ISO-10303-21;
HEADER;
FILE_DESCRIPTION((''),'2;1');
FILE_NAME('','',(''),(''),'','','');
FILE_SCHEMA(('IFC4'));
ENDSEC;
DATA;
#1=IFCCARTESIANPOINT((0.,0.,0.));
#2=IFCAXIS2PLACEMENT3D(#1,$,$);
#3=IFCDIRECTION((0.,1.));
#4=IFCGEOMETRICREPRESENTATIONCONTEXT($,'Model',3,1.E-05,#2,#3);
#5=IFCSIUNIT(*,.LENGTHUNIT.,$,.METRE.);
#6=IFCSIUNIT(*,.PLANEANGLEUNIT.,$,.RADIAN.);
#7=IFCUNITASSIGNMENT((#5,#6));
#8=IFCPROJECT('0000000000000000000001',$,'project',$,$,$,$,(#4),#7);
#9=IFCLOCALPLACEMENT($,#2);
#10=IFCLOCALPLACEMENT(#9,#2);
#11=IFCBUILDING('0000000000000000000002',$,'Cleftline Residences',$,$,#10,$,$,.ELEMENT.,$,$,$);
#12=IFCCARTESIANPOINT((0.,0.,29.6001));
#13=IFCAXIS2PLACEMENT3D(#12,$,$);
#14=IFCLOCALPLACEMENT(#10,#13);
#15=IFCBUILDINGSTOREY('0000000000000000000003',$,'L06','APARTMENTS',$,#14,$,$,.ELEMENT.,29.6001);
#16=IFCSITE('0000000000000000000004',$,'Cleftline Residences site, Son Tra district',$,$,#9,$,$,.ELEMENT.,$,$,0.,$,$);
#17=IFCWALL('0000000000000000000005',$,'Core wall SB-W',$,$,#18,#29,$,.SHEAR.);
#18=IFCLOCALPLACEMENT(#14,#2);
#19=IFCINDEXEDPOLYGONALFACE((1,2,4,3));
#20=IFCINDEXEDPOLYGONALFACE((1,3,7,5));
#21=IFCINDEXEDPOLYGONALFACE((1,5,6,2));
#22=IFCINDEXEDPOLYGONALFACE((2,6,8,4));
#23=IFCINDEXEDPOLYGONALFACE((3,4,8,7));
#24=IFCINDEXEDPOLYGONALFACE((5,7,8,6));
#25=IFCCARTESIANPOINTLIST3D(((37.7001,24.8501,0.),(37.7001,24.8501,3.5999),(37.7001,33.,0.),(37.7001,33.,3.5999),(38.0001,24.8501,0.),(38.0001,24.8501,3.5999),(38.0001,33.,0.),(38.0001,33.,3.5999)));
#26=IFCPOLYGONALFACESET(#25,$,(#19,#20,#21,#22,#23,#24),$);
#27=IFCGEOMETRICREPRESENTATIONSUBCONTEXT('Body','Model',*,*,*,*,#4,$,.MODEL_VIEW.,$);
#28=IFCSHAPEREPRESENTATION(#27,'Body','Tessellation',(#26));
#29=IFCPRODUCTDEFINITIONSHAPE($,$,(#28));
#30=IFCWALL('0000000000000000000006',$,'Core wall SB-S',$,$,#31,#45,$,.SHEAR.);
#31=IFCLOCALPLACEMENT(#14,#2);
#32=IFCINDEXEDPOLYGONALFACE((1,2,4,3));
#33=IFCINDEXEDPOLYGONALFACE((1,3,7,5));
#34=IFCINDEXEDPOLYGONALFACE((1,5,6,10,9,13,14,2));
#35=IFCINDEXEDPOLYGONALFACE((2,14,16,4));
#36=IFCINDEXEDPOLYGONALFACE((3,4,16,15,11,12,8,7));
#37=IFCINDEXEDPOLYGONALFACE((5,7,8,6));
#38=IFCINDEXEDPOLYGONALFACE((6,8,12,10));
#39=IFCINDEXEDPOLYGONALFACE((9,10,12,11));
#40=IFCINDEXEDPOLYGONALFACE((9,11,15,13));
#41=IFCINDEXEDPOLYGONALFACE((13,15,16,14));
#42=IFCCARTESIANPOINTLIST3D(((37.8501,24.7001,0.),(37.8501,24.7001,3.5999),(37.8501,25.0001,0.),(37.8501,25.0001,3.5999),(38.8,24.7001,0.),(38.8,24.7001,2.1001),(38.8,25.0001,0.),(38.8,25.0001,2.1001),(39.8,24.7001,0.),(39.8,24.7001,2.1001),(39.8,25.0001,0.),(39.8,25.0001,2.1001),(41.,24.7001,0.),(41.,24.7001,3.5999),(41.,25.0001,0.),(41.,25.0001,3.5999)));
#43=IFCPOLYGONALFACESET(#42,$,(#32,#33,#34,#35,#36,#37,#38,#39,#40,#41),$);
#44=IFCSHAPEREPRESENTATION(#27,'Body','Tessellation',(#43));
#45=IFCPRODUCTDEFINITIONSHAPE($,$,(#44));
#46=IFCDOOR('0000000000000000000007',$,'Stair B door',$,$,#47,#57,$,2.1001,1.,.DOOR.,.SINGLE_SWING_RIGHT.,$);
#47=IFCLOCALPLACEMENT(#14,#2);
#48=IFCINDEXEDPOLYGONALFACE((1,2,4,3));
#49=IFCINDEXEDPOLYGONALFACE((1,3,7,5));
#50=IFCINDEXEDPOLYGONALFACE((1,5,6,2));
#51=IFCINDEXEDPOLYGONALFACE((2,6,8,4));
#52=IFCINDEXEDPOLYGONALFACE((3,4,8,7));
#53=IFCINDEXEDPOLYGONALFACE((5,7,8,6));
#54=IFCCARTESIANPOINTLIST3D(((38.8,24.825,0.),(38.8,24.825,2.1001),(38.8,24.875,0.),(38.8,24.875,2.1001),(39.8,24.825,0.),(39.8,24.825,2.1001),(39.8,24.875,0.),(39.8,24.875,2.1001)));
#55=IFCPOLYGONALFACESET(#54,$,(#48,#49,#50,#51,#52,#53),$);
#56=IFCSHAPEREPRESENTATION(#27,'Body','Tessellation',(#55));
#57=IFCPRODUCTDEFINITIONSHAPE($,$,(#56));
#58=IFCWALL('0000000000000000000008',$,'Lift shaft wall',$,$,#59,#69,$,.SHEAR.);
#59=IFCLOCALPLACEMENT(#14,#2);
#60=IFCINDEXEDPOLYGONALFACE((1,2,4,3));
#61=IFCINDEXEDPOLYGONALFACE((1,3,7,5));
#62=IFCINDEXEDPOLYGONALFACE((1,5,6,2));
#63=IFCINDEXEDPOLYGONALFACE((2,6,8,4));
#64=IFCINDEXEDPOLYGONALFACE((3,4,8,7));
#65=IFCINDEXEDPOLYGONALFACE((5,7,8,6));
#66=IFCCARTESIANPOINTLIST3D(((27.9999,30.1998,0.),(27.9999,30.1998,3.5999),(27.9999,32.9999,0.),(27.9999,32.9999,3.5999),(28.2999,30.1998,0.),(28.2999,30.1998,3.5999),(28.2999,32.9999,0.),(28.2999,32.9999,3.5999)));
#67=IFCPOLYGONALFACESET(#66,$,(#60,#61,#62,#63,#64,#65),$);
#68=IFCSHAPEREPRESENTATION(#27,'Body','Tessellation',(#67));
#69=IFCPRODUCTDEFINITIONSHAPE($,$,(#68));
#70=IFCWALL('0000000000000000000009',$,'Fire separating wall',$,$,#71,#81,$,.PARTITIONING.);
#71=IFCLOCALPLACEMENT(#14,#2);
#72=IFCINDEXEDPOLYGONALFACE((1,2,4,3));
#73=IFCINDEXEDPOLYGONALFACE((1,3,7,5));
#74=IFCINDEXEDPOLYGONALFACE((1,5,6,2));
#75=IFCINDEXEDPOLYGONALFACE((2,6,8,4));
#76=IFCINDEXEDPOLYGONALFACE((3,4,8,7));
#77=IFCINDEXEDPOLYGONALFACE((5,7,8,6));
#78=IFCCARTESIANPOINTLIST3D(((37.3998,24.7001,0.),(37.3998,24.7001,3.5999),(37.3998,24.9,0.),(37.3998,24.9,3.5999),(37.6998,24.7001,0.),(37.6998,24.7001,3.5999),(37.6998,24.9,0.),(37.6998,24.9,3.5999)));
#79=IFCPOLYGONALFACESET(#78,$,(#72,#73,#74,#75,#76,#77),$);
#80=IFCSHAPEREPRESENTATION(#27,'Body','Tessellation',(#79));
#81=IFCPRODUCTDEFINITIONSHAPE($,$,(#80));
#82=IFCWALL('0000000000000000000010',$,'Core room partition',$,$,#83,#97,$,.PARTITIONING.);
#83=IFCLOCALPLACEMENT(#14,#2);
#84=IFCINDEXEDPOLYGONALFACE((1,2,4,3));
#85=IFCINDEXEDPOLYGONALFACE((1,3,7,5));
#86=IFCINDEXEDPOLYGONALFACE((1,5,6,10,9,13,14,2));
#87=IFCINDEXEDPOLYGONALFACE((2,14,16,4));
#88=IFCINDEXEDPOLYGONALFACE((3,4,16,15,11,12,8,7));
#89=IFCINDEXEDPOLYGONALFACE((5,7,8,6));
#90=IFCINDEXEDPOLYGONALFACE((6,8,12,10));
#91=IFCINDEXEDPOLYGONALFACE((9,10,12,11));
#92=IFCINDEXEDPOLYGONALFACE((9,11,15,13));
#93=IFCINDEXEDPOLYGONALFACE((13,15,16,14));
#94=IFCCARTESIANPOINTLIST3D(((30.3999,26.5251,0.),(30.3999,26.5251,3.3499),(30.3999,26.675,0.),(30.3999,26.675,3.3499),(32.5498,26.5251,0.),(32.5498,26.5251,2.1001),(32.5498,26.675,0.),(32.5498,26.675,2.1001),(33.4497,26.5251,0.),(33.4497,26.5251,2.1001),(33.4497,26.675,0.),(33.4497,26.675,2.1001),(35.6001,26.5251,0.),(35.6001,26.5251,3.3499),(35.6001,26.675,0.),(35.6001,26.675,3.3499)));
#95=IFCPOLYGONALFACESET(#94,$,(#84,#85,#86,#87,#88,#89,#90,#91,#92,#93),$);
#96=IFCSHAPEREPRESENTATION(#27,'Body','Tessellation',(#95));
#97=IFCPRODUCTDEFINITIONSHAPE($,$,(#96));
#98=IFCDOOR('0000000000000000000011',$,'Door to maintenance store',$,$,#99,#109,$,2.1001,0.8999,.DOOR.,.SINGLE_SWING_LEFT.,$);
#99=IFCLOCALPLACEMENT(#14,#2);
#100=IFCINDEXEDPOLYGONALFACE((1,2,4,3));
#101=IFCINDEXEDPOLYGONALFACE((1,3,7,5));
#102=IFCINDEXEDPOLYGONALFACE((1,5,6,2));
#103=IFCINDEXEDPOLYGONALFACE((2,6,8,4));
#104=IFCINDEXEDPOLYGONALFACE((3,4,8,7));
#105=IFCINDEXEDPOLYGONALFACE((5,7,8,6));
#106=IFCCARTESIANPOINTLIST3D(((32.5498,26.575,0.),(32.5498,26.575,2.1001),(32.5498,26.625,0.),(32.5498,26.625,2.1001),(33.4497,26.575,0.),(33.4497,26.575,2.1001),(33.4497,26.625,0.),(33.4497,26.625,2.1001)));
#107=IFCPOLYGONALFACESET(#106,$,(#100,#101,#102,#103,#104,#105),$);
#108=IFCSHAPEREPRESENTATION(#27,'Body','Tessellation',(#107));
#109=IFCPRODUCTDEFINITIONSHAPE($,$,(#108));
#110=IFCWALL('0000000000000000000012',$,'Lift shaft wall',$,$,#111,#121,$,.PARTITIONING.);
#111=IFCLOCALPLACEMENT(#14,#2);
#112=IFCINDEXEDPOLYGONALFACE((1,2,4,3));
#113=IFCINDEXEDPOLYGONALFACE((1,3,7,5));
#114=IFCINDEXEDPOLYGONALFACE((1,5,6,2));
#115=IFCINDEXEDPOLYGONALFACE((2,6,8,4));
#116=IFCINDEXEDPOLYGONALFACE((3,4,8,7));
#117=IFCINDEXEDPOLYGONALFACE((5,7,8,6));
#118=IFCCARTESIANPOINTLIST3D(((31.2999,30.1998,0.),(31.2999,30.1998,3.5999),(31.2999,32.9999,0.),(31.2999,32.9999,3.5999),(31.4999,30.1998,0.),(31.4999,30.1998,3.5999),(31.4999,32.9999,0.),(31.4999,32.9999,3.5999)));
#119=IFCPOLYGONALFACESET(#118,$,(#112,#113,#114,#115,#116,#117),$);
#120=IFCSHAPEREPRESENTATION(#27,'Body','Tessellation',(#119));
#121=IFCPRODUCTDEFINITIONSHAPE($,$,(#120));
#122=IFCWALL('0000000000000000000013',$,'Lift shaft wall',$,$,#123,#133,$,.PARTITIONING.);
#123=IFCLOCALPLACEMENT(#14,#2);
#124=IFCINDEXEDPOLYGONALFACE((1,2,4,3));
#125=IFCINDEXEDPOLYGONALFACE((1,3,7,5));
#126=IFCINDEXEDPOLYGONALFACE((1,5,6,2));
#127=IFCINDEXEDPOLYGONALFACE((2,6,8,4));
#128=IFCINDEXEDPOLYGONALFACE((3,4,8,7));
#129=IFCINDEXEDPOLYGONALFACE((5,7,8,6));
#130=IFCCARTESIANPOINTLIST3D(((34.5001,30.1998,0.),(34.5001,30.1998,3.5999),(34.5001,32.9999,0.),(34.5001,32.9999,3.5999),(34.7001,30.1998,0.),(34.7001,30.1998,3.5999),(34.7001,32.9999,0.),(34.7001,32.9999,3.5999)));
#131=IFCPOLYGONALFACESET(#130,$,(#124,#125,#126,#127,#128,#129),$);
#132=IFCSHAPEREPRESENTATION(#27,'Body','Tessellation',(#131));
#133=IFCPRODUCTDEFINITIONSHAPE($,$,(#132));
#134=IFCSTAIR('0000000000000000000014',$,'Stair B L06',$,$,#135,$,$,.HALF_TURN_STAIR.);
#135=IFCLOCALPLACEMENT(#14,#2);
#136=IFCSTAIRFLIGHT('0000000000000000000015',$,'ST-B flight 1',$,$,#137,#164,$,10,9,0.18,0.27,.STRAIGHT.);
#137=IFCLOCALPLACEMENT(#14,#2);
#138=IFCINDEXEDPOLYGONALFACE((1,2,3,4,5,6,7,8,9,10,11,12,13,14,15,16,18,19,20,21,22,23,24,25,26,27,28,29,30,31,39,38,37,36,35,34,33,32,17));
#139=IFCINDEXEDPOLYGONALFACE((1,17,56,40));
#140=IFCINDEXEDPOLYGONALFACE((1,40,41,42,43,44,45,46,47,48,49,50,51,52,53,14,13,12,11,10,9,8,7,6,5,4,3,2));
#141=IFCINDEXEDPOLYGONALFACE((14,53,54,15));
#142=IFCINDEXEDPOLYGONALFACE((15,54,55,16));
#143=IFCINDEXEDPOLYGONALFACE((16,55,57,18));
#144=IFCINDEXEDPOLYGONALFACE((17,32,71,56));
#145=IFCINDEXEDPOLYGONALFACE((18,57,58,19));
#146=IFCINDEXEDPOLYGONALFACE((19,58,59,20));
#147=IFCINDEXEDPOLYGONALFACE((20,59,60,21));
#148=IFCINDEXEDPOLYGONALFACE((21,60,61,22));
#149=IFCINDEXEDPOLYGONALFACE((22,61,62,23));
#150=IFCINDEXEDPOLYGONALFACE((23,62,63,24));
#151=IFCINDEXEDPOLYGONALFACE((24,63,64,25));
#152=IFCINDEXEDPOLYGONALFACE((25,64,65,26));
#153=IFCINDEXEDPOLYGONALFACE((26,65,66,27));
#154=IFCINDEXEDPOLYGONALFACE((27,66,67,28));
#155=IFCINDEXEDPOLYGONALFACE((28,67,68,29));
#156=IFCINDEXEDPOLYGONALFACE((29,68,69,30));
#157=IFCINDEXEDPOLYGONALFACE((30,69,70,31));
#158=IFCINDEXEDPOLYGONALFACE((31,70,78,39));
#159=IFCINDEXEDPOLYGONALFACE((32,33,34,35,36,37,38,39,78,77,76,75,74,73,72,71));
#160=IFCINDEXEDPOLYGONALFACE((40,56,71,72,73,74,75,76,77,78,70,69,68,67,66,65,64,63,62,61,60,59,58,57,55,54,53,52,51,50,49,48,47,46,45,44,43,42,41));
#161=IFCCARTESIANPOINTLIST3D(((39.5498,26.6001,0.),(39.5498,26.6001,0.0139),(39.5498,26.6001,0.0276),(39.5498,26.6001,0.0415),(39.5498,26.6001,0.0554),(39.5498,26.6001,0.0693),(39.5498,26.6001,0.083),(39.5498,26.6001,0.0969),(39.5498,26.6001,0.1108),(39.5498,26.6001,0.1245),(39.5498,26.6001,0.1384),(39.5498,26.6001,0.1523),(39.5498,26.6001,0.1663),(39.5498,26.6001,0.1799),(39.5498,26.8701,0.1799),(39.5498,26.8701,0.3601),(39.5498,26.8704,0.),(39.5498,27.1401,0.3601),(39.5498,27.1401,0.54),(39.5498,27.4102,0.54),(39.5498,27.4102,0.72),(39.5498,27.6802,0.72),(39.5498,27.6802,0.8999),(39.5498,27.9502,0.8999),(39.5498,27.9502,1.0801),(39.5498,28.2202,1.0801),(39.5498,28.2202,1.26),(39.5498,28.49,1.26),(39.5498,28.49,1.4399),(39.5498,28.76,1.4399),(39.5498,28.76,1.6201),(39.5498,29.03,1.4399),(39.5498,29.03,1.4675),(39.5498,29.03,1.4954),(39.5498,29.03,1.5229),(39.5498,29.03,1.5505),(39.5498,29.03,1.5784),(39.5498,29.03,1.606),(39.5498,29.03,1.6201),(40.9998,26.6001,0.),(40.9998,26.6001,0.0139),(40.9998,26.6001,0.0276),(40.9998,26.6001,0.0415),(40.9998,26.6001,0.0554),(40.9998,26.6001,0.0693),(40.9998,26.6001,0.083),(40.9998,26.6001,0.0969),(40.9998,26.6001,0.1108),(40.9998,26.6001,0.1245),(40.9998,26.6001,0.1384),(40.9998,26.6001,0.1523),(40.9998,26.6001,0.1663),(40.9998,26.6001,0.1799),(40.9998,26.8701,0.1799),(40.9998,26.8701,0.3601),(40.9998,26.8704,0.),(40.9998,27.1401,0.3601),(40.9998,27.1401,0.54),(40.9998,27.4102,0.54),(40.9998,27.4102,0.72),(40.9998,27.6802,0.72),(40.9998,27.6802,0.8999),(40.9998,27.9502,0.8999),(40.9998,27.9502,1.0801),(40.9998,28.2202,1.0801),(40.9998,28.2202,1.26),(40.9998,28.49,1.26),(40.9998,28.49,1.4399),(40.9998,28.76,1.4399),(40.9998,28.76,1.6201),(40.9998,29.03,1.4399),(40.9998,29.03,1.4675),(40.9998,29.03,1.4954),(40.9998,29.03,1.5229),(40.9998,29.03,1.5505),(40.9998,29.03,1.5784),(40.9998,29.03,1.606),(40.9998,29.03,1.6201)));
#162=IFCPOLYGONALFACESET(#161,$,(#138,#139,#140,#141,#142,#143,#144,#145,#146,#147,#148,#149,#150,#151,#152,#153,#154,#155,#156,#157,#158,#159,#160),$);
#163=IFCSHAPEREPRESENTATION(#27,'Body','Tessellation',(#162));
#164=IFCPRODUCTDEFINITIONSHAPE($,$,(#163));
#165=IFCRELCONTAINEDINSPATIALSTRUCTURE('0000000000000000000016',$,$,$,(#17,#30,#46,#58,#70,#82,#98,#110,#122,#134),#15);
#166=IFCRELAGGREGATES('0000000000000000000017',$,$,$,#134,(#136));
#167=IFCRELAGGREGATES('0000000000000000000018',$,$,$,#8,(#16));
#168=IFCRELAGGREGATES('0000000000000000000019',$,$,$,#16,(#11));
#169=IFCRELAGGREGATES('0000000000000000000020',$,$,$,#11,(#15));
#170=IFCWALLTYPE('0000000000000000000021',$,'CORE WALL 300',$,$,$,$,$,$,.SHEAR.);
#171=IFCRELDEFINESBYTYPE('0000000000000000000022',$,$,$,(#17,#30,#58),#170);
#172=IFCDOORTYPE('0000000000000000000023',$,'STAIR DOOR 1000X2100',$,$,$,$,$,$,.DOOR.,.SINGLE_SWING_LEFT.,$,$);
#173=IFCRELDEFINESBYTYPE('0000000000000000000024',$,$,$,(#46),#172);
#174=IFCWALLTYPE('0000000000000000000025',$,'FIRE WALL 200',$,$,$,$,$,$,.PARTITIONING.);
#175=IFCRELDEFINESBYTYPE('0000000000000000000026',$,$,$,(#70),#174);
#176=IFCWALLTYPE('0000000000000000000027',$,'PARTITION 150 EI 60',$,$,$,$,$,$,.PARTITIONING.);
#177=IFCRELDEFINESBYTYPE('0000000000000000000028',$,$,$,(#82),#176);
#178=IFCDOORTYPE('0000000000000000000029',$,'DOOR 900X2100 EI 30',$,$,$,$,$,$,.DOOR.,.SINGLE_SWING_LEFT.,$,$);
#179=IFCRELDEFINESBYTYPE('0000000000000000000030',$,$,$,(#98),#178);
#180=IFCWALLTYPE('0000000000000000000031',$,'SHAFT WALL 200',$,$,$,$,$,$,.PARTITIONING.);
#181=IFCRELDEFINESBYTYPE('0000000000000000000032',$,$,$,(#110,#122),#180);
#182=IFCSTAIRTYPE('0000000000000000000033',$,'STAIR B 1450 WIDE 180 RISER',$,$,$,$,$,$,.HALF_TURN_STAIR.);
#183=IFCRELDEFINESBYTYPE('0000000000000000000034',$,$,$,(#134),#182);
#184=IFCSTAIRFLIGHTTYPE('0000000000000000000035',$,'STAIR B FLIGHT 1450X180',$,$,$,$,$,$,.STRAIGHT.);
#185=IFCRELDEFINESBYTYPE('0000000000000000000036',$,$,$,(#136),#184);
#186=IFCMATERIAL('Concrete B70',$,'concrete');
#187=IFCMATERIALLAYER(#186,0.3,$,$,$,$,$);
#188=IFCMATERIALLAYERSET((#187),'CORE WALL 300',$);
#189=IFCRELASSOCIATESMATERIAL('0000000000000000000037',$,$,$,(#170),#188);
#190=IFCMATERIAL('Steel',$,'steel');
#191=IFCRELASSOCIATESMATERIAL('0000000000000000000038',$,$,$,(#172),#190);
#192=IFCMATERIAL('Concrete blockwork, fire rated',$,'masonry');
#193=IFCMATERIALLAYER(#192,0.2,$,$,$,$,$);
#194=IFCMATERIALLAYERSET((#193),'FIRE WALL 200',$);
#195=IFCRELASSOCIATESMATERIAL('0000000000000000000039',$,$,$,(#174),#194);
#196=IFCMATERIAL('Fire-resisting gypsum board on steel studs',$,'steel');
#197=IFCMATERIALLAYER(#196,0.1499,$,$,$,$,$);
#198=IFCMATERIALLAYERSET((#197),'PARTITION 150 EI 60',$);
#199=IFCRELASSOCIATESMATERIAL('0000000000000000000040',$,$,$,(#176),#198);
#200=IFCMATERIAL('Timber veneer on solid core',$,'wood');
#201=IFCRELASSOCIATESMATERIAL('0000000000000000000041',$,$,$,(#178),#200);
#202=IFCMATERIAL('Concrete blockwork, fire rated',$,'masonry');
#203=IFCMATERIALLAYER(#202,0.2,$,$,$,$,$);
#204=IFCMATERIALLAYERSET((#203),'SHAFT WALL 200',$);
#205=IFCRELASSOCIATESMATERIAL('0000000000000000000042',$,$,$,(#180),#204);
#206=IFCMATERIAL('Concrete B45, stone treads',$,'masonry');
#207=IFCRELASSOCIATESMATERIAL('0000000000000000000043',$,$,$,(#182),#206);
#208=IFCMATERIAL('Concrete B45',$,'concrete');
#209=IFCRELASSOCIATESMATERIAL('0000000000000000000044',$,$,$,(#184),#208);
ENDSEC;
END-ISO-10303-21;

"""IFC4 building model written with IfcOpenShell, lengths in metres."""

from ifc_helpers import new_model, si_unit, direction, frame, frame_2d, origin, place, context, subcontext, project, spatial, polyline, rectangle, outline, extrude, material, layer, layer_set, type_object, element, fill, aggregate, save


model = new_model("IFC4")

# Units and contexts
model_context = context("Model", 3, precision=1e-05, world=origin(), true_north=direction((0.0, 1.0)))
body_context = subcontext(model_context, "Body", "Model", "MODEL_VIEW")
ifc_project = project(units=[si_unit("LENGTHUNIT", "METRE"), si_unit("PLANEANGLEUNIT", "RADIAN")], contexts=[model_context])

# Site, building, storey
site_placement = place(None, origin())
site = spatial("IfcSite", under=ifc_project, at=site_placement, Name="Cleftline Residences site, Son Tra district", CompositionType="ELEMENT", RefElevation=0.0)
building_placement = place(site_placement, origin())
building = spatial("IfcBuilding", under=site, at=building_placement, Name="Cleftline Residences", CompositionType="ELEMENT")
storey_placement = place(building_placement, frame((0.0, 0.0, 29.6001)))
storey = spatial("IfcBuildingStorey", under=building, at=storey_placement, Name="L06", Description="APARTMENTS", CompositionType="ELEMENT", Elevation=29.6001)

# Wall
ifc_material_1 = material(Name="Concrete B70", Category="concrete")
ifc_layer_1 = layer(ifc_material_1, 0.3)
ifc_layer_set_1 = layer_set([ifc_layer_1], Name="CORE WALL 300")
wall_type_1 = type_object("IfcWallType", Name="CORE WALL 300", PredefinedType="SHEAR", material=ifc_layer_set_1)
wall_1_placement = place(storey_placement, frame((37.8501, 24.8501, 0.0), z_axis=(0.0, 0.0, 1.0), x_axis=(0.0, 1.0, 0.0)))
element("IfcWall", 1, at=wall_1_placement, inside=storey, type_object=wall_type_1, Name="Core wall SB-W", PredefinedType="SHEAR", context=body_context, shape_type="SweptSolid", body=[
    extrude(rectangle(XDim=8.1499, YDim=0.3, at=frame_2d((4.075, 0.0))), origin(), (0.0, 0.0, 1.0), 3.5999),
])

# Wall, opening, door
wall_2_placement = place(storey_placement, frame((37.8501, 24.8501, 0.0), z_axis=(0.0, 0.0, 1.0), x_axis=(1.0, 0.0, 0.0)))
wall_2 = element("IfcWall", 2, at=wall_2_placement, inside=storey, type_object=wall_type_1, Name="Core wall SB-S", PredefinedType="SHEAR", context=body_context, shape_type="SweptSolid", body=[
    extrude(rectangle(XDim=3.1499, YDim=0.3, at=frame_2d((1.575, 0.0))), origin(), (0.0, 0.0, 1.0), 3.5999),
])
opening_1_placement = place(wall_2_placement, frame((0.95, 0.0, 0.0)))
opening_1 = element("IfcOpeningElement", 3, at=opening_1_placement, cuts=wall_2, PredefinedType="OPENING", context=body_context, shape_type="SweptSolid", body=[
    extrude(rectangle(XDim=1.0, YDim=2.1001, at=frame_2d((0.5, 1.05))), frame((0.0, 0.1599, 0.0), z_axis=(0.0, -1.0, 0.0), x_axis=(1.0, 0.0, 0.0)), (0.0, 0.0, 1.0), 0.3201),
])
ifc_material_2 = material(Name="Steel", Category="steel")
door_type_1 = type_object("IfcDoorType", Name="STAIR DOOR 1000X2100", OperationType="SINGLE_SWING_LEFT", PredefinedType="DOOR", material=ifc_material_2)
door_1_placement = place(opening_1_placement, origin())
door_1 = element("IfcDoor", 4, at=door_1_placement, inside=storey, type_object=door_type_1, Name="Stair B door", OperationType="SINGLE_SWING_RIGHT", OverallHeight=2.1001, OverallWidth=1.0, PredefinedType="DOOR", context=body_context, shape_type="SweptSolid", body=[
    extrude(rectangle(XDim=1.0, YDim=2.1001, at=frame_2d((0.5, 1.05))), frame((0.0, 0.0249, 0.0), z_axis=(0.0, -1.0, 0.0), x_axis=(1.0, 0.0, 0.0)), (0.0, 0.0, 1.0), 0.05),
])
fill(opening_1, door_1)

# Walls
wall_3_placement = place(storey_placement, frame((28.1499, 30.2, 0.0), z_axis=(0.0, 0.0, 1.0), x_axis=(0.0, 1.0, 0.0)))
element("IfcWall", 5, at=wall_3_placement, inside=storey, type_object=wall_type_1, Name="Lift shaft wall", PredefinedType="SHEAR", context=body_context, shape_type="SweptSolid", body=[
    extrude(rectangle(XDim=2.8, YDim=0.3, at=frame_2d((1.3999, 0.0))), origin(), (0.0, 0.0, 1.0), 3.5999),
])
ifc_material_3 = material(Name="Concrete blockwork, fire rated", Category="masonry")
ifc_layer_2 = layer(ifc_material_3, 0.2)
ifc_layer_set_2 = layer_set([ifc_layer_2], Name="FIRE WALL 200")
wall_type_2 = type_object("IfcWallType", Name="FIRE WALL 200", PredefinedType="PARTITIONING", material=ifc_layer_set_2)
wall_4_placement = place(storey_placement, frame((37.3999, 24.8, 0.0), z_axis=(0.0, 0.0, 1.0), x_axis=(1.0, 0.0, 0.0)))
element("IfcWall", 6, at=wall_4_placement, inside=storey, type_object=wall_type_2, Name="Fire separating wall", PredefinedType="PARTITIONING", context=body_context, shape_type="SweptSolid", body=[
    extrude(rectangle(XDim=0.3, YDim=0.2, at=frame_2d((0.1499, 0.0))), origin(), (0.0, 0.0, 1.0), 3.5999),
])

# Wall, opening, door
ifc_material_4 = material(Name="Fire-resisting gypsum board on steel studs", Category="steel")
ifc_layer_3 = layer(ifc_material_4, 0.1499)
ifc_layer_set_3 = layer_set([ifc_layer_3], Name="PARTITION 150 EI 60")
wall_type_3 = type_object("IfcWallType", Name="PARTITION 150 EI 60", PredefinedType="PARTITIONING", material=ifc_layer_set_3)
wall_5_placement = place(storey_placement, frame((30.3999, 26.6001, 0.0), z_axis=(0.0, 0.0, 1.0), x_axis=(1.0, 0.0, 0.0)))
wall_5 = element("IfcWall", 7, at=wall_5_placement, inside=storey, type_object=wall_type_3, Name="Core room partition", PredefinedType="PARTITIONING", context=body_context, shape_type="SweptSolid", body=[
    extrude(rectangle(XDim=5.2002, YDim=0.1499, at=frame_2d((2.6001, 0.0))), origin(), (0.0, 0.0, 1.0), 3.3499),
])
opening_2_placement = place(wall_5_placement, frame((2.1499, 0.0, 0.0)))
opening_2 = element("IfcOpeningElement", 8, at=opening_2_placement, cuts=wall_5, PredefinedType="OPENING", context=body_context, shape_type="SweptSolid", body=[
    extrude(rectangle(XDim=0.8999, YDim=2.1001, at=frame_2d((0.45, 1.05))), frame((0.0, 0.085, 0.0), z_axis=(0.0, -1.0, 0.0), x_axis=(1.0, 0.0, 0.0)), (0.0, 0.0, 1.0), 0.1699),
])
ifc_material_5 = material(Name="Timber veneer on solid core", Category="wood")
door_type_2 = type_object("IfcDoorType", Name="DOOR 900X2100 EI 30", OperationType="SINGLE_SWING_LEFT", PredefinedType="DOOR", material=ifc_material_5)
door_2_placement = place(opening_2_placement, origin())
door_2 = element("IfcDoor", 9, at=door_2_placement, inside=storey, type_object=door_type_2, Name="Door to maintenance store", OperationType="SINGLE_SWING_LEFT", OverallHeight=2.1001, OverallWidth=0.8999, PredefinedType="DOOR", context=body_context, shape_type="SweptSolid", body=[
    extrude(rectangle(XDim=0.8999, YDim=2.1001, at=frame_2d((0.45, 1.05))), frame((0.0, 0.0249, 0.0), z_axis=(0.0, -1.0, 0.0), x_axis=(1.0, 0.0, 0.0)), (0.0, 0.0, 1.0), 0.05),
])
fill(opening_2, door_2)

# Walls
ifc_material_6 = material(Name="Concrete blockwork, fire rated", Category="masonry")
ifc_layer_4 = layer(ifc_material_6, 0.2)
ifc_layer_set_4 = layer_set([ifc_layer_4], Name="SHAFT WALL 200")
wall_type_4 = type_object("IfcWallType", Name="SHAFT WALL 200", PredefinedType="PARTITIONING", material=ifc_layer_set_4)
for number, where, z_axis, x_axis, name in (
    (10, (31.3999, 30.2, 0.0), (0.0, 0.0, 1.0), (0.0, 1.0, 0.0), "Lift shaft wall"),
    (11, (34.6001, 30.2, 0.0), (0.0, 0.0, 1.0), (0.0, 1.0, 0.0), "Lift shaft wall"),
):
    element("IfcWall", number, at=place(storey_placement, frame(where, z_axis=z_axis, x_axis=x_axis)), inside=storey, type_object=wall_type_4, Name=name, PredefinedType="PARTITIONING", context=body_context, shape_type="SweptSolid", body=[
        extrude(rectangle(XDim=2.8, YDim=0.2, at=frame_2d((1.3999, 0.0))), origin(), (0.0, 0.0, 1.0), 3.5999),
    ])

# Stair, stair flight
ifc_material_7 = material(Name="Concrete B45, stone treads", Category="masonry")
stair_type = type_object("IfcStairType", Name="STAIR B 1450 WIDE 180 RISER", PredefinedType="HALF_TURN_STAIR", material=ifc_material_7)
stair_placement = place(storey_placement, origin())
stair = element("IfcStair", 12, at=stair_placement, inside=storey, type_object=stair_type, Name="Stair B L06", PredefinedType="HALF_TURN_STAIR")
ifc_material_8 = material(Name="Concrete B45", Category="concrete")
stair_flight_type = type_object("IfcStairFlightType", Name="STAIR B FLIGHT 1450X180", PredefinedType="STRAIGHT", material=ifc_material_8)
stair_flight_1_placement = place(storey_placement, frame((40.2749, 26.6001, 0.0), z_axis=(0.0, 0.0, 1.0), x_axis=(0.0, 1.0, 0.0)))
stair_flight_1 = element("IfcStairFlight", 13, at=stair_flight_1_placement, type_object=stair_flight_type, Name="ST-B flight 1", NumberOfRisers=10, NumberOfTreads=9, PredefinedType="STRAIGHT", RiserHeight=0.18, TreadLength=0.27, context=body_context, shape_type="SweptSolid", body=[
    extrude(outline(polyline([(0.0, 0.0), (0.0, 0.0139), (0.0, 0.0276), (0.0, 0.0415), (0.0, 0.0554), (0.0, 0.0693), (0.0, 0.083), (0.0, 0.0969), (0.0, 0.1108), (0.0, 0.1245), (0.0, 0.1384), (0.0, 0.1523), (0.0, 0.1663), (0.0, 0.1799), (0.27, 0.1799), (0.27, 0.3601), (0.54, 0.3601), (0.54, 0.54), (0.8101, 0.54), (0.8101, 0.72), (1.0801, 0.72), (1.0801, 0.8999), (1.3501, 0.8999), (1.3501, 1.0801), (1.6201, 1.0801), (1.6201, 1.26), (1.8899, 1.26), (1.8899, 1.4399), (2.1599, 1.4399), (2.1599, 1.6201), (2.4299, 1.6201), (2.4299, 1.8), (2.4299, 1.7722), (2.4299, 1.7446), (2.4299, 1.7168), (2.4299, 1.6892), (2.4299, 1.6614), (2.4299, 1.6338), (2.4299, 1.606), (2.4299, 1.5784), (2.4299, 1.5505), (2.4299, 1.5229), (2.4299, 1.4954), (2.4299, 1.4675), (2.4299, 1.4399), (0.2703, 0.0), (0.0, 0.0)])), frame((0.0, 0.7251, 0.0), z_axis=(0.0, -1.0, 0.0), x_axis=(1.0, 0.0, 0.0)), (0.0, 0.0, 1.0), 1.45),
])
aggregate(stair, [stair_flight_1])

save(model, "model.ifc")
